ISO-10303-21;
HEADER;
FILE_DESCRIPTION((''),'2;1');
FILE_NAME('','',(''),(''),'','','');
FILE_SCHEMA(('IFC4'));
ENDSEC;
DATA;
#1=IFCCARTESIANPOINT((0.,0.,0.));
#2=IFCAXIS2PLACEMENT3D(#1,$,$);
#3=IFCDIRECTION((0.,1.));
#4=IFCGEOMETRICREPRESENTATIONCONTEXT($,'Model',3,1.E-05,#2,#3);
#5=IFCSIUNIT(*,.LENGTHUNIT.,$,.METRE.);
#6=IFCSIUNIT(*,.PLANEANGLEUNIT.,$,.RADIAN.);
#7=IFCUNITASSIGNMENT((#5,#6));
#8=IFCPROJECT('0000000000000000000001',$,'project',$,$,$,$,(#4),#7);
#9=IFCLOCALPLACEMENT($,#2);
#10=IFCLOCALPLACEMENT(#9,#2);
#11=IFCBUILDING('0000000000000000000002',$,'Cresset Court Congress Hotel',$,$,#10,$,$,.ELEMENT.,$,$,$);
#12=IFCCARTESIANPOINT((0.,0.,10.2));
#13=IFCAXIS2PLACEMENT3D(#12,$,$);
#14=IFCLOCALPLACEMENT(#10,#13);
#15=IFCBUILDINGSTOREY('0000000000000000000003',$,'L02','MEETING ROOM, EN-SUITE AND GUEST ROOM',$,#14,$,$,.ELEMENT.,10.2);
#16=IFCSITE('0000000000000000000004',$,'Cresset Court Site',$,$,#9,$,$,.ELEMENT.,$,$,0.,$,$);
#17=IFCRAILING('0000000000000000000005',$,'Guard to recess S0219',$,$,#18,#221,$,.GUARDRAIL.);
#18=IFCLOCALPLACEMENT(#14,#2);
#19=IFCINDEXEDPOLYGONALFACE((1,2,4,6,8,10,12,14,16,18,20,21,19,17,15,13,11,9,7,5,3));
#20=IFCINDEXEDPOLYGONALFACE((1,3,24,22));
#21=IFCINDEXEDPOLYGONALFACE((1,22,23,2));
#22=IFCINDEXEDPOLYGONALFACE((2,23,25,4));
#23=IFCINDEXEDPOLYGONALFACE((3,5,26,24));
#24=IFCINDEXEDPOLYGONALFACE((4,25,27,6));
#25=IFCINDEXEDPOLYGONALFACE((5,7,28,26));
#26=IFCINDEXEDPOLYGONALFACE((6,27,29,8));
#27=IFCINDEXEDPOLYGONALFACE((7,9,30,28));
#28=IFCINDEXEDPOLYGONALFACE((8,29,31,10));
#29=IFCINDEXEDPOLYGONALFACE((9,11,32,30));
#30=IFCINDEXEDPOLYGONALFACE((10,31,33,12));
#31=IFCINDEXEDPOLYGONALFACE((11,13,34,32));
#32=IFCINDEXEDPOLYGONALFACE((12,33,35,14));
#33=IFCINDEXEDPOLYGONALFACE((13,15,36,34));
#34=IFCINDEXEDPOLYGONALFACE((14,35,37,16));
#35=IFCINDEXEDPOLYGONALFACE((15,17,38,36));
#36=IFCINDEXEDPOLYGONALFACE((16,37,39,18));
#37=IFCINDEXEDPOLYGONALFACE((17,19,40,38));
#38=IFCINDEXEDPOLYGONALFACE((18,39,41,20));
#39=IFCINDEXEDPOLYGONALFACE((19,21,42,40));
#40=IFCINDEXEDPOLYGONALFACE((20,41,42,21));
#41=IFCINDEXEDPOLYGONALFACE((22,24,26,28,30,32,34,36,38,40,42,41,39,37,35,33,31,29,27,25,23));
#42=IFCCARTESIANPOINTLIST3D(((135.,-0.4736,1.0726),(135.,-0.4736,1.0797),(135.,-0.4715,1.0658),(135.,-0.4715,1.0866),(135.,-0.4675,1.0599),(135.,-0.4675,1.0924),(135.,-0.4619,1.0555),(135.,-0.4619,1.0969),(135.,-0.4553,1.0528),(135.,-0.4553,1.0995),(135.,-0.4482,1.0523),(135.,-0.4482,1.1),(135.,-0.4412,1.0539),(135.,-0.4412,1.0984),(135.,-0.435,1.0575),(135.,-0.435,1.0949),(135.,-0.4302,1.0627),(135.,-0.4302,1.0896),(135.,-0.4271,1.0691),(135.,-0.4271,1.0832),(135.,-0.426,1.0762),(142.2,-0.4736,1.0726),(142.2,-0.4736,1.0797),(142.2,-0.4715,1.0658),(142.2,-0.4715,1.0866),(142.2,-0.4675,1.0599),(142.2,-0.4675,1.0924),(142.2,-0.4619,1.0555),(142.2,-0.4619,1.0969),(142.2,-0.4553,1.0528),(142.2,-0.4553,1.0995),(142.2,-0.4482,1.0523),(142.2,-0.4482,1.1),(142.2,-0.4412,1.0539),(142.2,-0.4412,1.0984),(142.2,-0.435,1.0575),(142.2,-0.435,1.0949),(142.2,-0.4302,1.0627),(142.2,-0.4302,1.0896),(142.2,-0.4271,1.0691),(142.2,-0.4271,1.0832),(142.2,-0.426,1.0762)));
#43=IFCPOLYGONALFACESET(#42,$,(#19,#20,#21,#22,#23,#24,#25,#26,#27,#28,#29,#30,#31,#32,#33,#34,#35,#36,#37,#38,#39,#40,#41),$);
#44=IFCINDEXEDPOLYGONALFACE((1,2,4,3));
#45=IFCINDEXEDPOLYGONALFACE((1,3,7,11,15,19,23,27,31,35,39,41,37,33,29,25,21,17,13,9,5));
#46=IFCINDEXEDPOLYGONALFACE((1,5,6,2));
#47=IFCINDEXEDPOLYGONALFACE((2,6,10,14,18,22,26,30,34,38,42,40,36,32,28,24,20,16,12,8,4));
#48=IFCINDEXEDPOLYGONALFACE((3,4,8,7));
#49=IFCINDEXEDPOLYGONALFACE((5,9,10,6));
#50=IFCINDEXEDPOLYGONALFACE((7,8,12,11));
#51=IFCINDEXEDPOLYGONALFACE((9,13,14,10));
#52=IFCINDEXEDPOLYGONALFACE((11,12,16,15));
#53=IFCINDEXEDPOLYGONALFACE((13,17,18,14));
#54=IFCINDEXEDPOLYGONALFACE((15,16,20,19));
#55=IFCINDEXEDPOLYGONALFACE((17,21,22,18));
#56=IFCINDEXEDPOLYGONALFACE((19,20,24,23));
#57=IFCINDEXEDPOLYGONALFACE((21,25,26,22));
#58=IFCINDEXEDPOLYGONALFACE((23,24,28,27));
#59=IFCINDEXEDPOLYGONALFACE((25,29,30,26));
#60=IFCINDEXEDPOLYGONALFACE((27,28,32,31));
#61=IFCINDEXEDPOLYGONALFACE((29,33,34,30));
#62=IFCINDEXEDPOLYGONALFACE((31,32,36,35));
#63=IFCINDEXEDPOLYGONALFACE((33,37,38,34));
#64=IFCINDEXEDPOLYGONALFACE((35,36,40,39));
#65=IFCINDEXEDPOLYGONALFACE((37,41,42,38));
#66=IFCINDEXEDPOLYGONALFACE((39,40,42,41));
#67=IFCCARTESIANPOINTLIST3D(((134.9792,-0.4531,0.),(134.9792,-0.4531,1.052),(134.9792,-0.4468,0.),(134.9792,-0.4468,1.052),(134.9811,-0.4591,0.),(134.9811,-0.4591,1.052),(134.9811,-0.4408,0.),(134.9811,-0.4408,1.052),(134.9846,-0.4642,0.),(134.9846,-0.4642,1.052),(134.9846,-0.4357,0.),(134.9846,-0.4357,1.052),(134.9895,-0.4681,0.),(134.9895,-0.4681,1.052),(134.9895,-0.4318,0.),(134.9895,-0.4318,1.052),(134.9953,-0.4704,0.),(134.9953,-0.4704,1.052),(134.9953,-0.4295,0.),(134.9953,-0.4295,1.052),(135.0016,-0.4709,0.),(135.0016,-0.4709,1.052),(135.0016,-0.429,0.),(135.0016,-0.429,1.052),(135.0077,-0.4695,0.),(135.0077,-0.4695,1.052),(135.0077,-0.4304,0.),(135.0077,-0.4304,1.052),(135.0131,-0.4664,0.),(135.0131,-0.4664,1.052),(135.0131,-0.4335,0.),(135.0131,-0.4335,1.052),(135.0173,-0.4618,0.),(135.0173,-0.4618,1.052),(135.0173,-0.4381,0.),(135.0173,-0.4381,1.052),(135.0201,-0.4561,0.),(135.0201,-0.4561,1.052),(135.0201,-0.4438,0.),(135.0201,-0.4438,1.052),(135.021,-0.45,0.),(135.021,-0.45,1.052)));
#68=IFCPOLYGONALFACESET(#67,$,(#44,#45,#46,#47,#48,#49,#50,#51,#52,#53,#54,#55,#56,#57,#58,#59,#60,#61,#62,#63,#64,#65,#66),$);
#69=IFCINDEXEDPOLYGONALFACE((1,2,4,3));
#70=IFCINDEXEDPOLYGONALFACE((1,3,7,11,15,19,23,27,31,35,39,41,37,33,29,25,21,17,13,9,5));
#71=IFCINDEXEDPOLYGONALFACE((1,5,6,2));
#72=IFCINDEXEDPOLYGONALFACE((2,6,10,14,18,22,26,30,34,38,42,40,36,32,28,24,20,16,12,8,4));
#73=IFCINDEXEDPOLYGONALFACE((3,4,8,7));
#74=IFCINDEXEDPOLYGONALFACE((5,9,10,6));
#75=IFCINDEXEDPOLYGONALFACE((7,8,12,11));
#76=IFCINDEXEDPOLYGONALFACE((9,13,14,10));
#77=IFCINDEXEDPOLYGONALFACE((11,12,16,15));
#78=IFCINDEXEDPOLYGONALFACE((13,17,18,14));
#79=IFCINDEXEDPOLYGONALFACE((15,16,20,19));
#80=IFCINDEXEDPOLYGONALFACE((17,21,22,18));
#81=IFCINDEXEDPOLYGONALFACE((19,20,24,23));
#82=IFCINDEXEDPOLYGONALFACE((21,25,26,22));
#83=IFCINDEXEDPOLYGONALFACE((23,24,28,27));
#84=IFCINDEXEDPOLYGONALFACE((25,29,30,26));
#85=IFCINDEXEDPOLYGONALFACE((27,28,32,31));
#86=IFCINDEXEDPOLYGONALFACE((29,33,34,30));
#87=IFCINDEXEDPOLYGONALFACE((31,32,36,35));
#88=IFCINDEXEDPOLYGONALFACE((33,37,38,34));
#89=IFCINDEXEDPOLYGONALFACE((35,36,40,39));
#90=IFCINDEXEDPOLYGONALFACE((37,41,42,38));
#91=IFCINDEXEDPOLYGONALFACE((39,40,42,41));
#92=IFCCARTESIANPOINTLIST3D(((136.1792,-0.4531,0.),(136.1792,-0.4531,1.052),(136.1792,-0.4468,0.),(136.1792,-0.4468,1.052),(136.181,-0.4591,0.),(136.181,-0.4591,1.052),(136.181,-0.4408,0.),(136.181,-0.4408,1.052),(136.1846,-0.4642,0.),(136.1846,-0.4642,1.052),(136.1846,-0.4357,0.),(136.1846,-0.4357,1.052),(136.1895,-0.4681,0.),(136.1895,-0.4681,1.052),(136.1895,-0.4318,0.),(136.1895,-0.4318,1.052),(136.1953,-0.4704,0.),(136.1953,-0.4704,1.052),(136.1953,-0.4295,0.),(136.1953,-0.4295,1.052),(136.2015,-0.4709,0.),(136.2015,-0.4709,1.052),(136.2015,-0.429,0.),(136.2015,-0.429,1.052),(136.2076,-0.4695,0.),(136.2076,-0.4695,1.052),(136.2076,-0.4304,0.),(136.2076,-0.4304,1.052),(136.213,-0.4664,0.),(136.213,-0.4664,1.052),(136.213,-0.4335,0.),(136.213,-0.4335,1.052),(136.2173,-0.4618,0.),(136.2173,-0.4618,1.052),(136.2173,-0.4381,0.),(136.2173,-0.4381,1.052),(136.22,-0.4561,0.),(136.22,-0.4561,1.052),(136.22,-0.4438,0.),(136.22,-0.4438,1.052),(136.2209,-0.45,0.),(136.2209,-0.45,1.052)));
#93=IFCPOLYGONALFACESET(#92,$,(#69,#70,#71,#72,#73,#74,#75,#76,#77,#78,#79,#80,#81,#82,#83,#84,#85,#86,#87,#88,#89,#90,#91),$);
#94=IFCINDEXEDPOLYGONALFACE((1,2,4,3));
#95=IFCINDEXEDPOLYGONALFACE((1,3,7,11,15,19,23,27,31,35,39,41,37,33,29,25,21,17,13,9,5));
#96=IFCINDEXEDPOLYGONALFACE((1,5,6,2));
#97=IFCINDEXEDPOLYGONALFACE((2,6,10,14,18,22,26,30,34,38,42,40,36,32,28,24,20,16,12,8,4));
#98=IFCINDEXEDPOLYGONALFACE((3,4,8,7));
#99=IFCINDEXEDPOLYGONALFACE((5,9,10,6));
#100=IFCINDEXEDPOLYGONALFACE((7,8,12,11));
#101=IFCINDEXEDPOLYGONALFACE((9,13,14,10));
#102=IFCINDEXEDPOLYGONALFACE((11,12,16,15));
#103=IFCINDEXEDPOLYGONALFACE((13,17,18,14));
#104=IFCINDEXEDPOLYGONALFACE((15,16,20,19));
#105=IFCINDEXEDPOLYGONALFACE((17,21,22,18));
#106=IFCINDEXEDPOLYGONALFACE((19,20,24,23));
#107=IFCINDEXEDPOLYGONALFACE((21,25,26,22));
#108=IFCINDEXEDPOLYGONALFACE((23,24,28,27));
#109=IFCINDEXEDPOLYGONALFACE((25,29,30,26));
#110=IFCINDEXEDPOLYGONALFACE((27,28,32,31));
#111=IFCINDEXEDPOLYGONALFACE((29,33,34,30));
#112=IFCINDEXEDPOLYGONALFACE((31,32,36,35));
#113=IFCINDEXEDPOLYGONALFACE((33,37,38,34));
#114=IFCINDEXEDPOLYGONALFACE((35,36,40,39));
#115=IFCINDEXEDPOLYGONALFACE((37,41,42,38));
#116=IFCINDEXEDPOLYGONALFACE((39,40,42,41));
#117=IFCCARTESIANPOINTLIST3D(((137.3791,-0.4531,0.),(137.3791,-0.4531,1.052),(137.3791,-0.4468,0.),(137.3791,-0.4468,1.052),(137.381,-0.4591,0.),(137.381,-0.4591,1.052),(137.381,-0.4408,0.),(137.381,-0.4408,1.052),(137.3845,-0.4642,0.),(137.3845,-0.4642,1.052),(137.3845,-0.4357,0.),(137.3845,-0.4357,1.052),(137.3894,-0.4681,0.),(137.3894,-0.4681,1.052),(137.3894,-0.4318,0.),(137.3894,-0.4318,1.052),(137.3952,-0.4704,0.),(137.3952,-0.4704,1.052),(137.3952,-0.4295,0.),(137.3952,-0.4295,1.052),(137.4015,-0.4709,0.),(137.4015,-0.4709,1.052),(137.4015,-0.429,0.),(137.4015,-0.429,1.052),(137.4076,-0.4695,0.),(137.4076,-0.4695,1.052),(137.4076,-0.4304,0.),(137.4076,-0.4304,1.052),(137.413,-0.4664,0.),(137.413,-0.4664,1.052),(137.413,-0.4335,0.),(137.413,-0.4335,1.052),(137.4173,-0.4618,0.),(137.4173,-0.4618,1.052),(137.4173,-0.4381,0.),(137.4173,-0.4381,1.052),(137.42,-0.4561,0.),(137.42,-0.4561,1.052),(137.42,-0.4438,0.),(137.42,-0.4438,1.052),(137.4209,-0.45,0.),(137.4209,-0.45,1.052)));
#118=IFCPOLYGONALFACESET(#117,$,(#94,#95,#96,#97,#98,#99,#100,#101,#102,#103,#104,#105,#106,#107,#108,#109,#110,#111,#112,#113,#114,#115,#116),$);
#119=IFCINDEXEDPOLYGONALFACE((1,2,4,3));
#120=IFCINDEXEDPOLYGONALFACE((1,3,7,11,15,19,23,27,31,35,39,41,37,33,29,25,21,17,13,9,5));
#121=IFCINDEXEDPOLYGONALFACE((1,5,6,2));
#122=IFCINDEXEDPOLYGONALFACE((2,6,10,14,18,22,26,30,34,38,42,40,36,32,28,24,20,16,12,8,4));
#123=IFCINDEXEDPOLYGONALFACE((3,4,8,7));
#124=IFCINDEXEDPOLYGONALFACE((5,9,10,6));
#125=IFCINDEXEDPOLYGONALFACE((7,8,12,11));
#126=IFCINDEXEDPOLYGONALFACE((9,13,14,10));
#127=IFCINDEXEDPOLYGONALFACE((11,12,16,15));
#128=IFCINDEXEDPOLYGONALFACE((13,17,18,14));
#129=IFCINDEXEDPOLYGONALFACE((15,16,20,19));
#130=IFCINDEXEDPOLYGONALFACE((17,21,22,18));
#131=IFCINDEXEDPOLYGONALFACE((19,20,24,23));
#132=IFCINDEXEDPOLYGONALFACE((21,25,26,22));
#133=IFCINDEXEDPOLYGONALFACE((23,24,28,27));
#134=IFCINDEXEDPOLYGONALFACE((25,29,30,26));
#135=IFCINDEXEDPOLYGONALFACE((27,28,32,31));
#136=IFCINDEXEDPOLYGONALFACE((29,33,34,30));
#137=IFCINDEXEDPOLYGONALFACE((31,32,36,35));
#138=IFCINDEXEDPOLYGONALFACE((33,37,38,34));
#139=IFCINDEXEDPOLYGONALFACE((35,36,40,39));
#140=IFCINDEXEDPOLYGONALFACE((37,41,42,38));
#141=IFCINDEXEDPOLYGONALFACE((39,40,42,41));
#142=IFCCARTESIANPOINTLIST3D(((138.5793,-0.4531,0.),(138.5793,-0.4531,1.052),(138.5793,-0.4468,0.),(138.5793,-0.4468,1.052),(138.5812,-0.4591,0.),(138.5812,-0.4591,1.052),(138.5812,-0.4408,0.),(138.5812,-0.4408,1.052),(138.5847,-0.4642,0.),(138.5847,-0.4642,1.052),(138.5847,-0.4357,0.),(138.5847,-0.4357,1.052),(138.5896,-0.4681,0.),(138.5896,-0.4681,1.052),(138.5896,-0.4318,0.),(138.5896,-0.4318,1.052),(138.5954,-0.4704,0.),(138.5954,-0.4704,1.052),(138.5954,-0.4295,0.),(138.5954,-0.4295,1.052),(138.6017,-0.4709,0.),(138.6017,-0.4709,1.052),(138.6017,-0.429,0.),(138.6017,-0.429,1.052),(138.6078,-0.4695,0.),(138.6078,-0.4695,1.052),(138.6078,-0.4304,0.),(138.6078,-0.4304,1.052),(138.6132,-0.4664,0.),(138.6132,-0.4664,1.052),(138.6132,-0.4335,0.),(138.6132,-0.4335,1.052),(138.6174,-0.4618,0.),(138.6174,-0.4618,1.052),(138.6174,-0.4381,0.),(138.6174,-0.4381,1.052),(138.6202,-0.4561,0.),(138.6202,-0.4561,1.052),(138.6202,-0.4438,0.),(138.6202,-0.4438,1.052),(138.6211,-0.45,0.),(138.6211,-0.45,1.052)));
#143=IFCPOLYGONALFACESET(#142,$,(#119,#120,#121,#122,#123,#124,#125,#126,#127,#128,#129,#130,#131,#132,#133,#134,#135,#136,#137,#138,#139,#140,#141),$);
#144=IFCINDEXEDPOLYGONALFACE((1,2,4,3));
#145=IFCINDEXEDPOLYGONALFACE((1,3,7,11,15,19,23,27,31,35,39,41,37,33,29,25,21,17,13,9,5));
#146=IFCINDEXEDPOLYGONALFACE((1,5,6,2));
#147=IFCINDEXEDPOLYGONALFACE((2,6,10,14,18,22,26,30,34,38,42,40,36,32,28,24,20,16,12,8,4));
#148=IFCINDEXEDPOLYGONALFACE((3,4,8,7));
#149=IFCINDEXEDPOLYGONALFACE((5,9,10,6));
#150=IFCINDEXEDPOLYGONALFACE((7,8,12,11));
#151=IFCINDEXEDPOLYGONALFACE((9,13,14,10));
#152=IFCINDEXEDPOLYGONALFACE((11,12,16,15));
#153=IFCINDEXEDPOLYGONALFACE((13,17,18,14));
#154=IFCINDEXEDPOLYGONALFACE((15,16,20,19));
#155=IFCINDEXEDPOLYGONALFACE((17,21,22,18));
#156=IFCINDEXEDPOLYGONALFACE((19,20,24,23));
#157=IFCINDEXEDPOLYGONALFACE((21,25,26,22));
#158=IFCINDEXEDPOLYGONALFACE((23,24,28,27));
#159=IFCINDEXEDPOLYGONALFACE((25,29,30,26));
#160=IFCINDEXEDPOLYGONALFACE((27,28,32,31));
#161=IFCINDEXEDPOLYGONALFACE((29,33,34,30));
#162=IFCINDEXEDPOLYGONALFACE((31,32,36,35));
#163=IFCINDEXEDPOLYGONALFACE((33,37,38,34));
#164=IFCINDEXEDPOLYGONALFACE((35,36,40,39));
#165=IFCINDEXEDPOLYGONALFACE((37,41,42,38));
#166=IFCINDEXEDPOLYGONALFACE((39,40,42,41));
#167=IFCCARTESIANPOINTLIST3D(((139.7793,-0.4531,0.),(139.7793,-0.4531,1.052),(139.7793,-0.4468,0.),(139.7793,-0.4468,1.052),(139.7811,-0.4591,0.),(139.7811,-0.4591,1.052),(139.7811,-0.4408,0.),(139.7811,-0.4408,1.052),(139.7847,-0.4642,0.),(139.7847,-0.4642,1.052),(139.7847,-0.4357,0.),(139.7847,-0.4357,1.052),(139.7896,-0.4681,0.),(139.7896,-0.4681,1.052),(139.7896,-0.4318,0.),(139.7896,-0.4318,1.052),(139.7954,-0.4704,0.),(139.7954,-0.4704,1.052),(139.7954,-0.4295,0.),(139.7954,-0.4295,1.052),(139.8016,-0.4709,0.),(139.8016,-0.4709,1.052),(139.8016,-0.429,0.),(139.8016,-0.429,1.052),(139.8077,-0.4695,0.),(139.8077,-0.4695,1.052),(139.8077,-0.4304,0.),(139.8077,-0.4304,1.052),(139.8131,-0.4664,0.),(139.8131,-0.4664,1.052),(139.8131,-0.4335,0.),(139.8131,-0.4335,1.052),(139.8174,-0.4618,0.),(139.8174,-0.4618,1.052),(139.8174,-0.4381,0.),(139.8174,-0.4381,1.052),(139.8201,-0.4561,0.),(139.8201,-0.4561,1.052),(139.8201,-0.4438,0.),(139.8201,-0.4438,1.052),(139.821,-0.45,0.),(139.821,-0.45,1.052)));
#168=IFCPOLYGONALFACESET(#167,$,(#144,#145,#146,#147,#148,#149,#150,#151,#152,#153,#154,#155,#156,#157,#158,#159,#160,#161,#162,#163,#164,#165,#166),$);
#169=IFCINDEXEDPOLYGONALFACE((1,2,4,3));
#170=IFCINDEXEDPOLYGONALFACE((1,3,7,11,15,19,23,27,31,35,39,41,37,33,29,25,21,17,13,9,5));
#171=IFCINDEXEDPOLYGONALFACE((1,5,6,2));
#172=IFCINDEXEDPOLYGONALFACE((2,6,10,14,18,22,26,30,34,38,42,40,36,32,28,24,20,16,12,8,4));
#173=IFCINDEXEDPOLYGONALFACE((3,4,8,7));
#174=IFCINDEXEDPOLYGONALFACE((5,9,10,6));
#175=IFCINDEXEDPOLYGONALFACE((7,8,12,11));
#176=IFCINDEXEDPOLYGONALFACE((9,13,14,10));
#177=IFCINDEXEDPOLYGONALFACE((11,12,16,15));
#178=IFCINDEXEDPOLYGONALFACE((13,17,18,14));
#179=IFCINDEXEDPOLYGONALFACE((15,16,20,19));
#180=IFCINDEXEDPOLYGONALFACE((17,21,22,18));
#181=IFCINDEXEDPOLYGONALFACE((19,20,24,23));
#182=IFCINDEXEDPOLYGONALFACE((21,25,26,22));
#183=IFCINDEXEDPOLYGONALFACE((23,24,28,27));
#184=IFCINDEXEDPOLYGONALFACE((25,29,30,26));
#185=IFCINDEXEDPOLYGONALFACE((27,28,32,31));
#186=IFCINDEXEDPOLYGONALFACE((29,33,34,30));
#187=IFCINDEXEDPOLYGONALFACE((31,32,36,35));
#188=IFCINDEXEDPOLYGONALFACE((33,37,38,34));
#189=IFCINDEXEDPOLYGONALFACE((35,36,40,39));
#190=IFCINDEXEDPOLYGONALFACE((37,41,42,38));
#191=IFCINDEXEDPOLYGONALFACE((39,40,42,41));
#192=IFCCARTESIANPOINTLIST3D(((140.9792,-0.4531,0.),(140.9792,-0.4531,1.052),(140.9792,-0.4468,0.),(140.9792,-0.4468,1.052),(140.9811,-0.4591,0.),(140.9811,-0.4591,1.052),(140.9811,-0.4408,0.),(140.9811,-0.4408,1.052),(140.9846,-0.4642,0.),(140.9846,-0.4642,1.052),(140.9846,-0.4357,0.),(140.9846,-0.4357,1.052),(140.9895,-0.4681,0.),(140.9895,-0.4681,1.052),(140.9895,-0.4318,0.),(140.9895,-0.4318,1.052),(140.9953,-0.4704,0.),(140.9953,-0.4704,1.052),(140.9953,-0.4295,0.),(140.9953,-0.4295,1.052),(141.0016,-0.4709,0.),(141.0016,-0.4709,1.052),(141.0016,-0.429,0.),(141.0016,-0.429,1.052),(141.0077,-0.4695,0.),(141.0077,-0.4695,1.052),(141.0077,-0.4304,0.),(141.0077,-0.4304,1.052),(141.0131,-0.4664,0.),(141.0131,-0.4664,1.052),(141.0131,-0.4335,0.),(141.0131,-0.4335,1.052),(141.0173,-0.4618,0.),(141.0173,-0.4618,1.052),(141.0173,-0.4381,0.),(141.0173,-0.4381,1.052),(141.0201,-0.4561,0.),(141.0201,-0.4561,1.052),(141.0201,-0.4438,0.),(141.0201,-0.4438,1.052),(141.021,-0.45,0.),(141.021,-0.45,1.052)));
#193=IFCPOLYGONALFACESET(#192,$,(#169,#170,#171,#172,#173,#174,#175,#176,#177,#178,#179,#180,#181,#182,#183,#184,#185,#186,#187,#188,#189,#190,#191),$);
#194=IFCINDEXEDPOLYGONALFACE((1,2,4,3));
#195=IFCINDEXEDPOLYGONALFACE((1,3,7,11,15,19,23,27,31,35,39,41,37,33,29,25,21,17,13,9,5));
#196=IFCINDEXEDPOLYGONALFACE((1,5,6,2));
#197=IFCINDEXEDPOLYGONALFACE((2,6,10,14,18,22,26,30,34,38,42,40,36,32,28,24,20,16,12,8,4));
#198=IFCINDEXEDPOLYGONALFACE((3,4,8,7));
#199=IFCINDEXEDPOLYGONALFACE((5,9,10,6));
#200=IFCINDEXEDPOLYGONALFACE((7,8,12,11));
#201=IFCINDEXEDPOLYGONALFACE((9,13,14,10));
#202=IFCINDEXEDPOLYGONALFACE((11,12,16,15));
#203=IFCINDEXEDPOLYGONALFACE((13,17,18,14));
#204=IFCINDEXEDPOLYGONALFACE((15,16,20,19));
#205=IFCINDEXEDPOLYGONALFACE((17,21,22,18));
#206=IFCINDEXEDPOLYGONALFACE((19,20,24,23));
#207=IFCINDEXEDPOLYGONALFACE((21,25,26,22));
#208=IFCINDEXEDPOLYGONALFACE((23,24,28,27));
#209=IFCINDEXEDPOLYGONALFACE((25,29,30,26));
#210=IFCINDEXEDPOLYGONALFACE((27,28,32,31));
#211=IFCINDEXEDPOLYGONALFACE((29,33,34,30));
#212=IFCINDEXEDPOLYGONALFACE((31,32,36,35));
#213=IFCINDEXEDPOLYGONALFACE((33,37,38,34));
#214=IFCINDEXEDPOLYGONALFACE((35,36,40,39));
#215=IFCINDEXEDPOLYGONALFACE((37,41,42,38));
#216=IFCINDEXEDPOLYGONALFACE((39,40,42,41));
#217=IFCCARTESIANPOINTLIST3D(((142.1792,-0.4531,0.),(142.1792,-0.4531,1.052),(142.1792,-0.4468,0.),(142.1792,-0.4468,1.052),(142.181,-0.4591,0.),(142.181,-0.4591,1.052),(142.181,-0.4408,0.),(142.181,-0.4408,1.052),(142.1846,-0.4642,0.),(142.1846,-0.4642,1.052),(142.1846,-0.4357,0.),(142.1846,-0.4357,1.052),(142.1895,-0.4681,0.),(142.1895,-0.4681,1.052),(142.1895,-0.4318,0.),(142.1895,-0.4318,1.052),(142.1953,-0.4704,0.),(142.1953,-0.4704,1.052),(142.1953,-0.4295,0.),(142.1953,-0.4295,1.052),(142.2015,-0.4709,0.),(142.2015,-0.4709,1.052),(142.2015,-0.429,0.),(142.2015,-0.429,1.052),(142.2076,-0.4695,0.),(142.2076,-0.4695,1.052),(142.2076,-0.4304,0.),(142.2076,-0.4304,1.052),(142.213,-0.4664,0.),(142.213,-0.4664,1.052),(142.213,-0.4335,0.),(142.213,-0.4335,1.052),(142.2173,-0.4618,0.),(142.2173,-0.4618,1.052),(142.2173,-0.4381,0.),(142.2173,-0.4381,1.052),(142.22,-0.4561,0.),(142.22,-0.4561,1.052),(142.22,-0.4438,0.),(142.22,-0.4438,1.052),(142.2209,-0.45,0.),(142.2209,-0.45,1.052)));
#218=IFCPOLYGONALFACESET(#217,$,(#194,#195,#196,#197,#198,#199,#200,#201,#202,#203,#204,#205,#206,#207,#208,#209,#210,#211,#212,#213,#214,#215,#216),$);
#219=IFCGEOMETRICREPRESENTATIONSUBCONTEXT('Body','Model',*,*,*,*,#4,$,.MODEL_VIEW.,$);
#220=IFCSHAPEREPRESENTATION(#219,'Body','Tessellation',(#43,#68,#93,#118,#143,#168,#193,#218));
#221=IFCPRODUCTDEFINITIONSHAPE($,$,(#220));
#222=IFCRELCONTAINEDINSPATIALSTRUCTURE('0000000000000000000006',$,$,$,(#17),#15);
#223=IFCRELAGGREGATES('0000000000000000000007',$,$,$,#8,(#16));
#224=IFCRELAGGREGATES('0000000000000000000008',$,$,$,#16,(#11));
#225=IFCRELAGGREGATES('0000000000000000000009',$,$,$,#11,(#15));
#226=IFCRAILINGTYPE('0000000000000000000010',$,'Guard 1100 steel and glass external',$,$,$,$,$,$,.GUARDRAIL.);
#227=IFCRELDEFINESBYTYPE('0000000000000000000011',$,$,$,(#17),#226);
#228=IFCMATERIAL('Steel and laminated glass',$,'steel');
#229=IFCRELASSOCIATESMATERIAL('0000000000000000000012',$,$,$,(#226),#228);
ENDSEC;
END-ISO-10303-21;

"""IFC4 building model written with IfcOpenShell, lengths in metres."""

from ifc_helpers import new_model, si_unit, direction, frame, origin, origin_2d, place, context, subcontext, project, spatial, circle, extrude, material, type_object, element, save


model = new_model("IFC4")

# Units and contexts
model_context = context("Model", 3, precision=1e-05, world=origin(), true_north=direction((0.0, 1.0)))
body_context = subcontext(model_context, "Body", "Model", "MODEL_VIEW")
ifc_project = project(units=[si_unit("LENGTHUNIT", "METRE"), si_unit("PLANEANGLEUNIT", "RADIAN")], contexts=[model_context])

# Site, building, storey
site_placement = place(None, origin())
site = spatial("IfcSite", under=ifc_project, at=site_placement, Name="Cresset Court Site", CompositionType="ELEMENT", RefElevation=0.0)
building_placement = place(site_placement, origin())
building = spatial("IfcBuilding", under=site, at=building_placement, Name="Cresset Court Congress Hotel", CompositionType="ELEMENT")
storey_placement = place(building_placement, frame((0.0, 0.0, 10.2)))
storey = spatial("IfcBuildingStorey", under=building, at=storey_placement, Name="L02", Description="MEETING ROOM, EN-SUITE AND GUEST ROOM", CompositionType="ELEMENT", Elevation=10.2)

# Railing
ifc_material_1 = material(Name="Steel and laminated glass", Category="steel")
railing_type = type_object("IfcRailingType", Name="Guard 1100 steel and glass external", PredefinedType="GUARDRAIL", material=ifc_material_1)
railing_placement = place(storey_placement, frame((135.0, -0.45, 0.0)))
element("IfcRailing", 1, at=railing_placement, inside=storey, type_object=railing_type, Name="Guard to recess S0219", PredefinedType="GUARDRAIL", context=body_context, shape_type="SweptSolid", body=[
    extrude(circle(Radius=0.0239, at=origin_2d()), frame((0.0, 0.0, 1.0762), z_axis=(1.0, 0.0, 0.0), x_axis=(0.0, 1.0, 0.0)), (0.0, 0.0, 1.0), 7.2),
    extrude(circle(Radius=0.021, at=origin_2d()), origin(), (0.0, 0.0, 1.0), 1.052),
    extrude(circle(Radius=0.021, at=origin_2d()), frame((1.2, 0.0, 0.0)), (0.0, 0.0, 1.0), 1.052),
    extrude(circle(Radius=0.021, at=origin_2d()), frame((2.3999, 0.0, 0.0)), (0.0, 0.0, 1.0), 1.052),
    extrude(circle(Radius=0.021, at=origin_2d()), frame((3.6001, 0.0, 0.0)), (0.0, 0.0, 1.0), 1.052),
    extrude(circle(Radius=0.021, at=origin_2d()), frame((4.8, 0.0, 0.0)), (0.0, 0.0, 1.0), 1.052),
    extrude(circle(Radius=0.021, at=origin_2d()), frame((6.0, 0.0, 0.0)), (0.0, 0.0, 1.0), 1.052),
    extrude(circle(Radius=0.021, at=origin_2d()), frame((7.2, 0.0, 0.0)), (0.0, 0.0, 1.0), 1.052),
])

save(model, "model.ifc")
